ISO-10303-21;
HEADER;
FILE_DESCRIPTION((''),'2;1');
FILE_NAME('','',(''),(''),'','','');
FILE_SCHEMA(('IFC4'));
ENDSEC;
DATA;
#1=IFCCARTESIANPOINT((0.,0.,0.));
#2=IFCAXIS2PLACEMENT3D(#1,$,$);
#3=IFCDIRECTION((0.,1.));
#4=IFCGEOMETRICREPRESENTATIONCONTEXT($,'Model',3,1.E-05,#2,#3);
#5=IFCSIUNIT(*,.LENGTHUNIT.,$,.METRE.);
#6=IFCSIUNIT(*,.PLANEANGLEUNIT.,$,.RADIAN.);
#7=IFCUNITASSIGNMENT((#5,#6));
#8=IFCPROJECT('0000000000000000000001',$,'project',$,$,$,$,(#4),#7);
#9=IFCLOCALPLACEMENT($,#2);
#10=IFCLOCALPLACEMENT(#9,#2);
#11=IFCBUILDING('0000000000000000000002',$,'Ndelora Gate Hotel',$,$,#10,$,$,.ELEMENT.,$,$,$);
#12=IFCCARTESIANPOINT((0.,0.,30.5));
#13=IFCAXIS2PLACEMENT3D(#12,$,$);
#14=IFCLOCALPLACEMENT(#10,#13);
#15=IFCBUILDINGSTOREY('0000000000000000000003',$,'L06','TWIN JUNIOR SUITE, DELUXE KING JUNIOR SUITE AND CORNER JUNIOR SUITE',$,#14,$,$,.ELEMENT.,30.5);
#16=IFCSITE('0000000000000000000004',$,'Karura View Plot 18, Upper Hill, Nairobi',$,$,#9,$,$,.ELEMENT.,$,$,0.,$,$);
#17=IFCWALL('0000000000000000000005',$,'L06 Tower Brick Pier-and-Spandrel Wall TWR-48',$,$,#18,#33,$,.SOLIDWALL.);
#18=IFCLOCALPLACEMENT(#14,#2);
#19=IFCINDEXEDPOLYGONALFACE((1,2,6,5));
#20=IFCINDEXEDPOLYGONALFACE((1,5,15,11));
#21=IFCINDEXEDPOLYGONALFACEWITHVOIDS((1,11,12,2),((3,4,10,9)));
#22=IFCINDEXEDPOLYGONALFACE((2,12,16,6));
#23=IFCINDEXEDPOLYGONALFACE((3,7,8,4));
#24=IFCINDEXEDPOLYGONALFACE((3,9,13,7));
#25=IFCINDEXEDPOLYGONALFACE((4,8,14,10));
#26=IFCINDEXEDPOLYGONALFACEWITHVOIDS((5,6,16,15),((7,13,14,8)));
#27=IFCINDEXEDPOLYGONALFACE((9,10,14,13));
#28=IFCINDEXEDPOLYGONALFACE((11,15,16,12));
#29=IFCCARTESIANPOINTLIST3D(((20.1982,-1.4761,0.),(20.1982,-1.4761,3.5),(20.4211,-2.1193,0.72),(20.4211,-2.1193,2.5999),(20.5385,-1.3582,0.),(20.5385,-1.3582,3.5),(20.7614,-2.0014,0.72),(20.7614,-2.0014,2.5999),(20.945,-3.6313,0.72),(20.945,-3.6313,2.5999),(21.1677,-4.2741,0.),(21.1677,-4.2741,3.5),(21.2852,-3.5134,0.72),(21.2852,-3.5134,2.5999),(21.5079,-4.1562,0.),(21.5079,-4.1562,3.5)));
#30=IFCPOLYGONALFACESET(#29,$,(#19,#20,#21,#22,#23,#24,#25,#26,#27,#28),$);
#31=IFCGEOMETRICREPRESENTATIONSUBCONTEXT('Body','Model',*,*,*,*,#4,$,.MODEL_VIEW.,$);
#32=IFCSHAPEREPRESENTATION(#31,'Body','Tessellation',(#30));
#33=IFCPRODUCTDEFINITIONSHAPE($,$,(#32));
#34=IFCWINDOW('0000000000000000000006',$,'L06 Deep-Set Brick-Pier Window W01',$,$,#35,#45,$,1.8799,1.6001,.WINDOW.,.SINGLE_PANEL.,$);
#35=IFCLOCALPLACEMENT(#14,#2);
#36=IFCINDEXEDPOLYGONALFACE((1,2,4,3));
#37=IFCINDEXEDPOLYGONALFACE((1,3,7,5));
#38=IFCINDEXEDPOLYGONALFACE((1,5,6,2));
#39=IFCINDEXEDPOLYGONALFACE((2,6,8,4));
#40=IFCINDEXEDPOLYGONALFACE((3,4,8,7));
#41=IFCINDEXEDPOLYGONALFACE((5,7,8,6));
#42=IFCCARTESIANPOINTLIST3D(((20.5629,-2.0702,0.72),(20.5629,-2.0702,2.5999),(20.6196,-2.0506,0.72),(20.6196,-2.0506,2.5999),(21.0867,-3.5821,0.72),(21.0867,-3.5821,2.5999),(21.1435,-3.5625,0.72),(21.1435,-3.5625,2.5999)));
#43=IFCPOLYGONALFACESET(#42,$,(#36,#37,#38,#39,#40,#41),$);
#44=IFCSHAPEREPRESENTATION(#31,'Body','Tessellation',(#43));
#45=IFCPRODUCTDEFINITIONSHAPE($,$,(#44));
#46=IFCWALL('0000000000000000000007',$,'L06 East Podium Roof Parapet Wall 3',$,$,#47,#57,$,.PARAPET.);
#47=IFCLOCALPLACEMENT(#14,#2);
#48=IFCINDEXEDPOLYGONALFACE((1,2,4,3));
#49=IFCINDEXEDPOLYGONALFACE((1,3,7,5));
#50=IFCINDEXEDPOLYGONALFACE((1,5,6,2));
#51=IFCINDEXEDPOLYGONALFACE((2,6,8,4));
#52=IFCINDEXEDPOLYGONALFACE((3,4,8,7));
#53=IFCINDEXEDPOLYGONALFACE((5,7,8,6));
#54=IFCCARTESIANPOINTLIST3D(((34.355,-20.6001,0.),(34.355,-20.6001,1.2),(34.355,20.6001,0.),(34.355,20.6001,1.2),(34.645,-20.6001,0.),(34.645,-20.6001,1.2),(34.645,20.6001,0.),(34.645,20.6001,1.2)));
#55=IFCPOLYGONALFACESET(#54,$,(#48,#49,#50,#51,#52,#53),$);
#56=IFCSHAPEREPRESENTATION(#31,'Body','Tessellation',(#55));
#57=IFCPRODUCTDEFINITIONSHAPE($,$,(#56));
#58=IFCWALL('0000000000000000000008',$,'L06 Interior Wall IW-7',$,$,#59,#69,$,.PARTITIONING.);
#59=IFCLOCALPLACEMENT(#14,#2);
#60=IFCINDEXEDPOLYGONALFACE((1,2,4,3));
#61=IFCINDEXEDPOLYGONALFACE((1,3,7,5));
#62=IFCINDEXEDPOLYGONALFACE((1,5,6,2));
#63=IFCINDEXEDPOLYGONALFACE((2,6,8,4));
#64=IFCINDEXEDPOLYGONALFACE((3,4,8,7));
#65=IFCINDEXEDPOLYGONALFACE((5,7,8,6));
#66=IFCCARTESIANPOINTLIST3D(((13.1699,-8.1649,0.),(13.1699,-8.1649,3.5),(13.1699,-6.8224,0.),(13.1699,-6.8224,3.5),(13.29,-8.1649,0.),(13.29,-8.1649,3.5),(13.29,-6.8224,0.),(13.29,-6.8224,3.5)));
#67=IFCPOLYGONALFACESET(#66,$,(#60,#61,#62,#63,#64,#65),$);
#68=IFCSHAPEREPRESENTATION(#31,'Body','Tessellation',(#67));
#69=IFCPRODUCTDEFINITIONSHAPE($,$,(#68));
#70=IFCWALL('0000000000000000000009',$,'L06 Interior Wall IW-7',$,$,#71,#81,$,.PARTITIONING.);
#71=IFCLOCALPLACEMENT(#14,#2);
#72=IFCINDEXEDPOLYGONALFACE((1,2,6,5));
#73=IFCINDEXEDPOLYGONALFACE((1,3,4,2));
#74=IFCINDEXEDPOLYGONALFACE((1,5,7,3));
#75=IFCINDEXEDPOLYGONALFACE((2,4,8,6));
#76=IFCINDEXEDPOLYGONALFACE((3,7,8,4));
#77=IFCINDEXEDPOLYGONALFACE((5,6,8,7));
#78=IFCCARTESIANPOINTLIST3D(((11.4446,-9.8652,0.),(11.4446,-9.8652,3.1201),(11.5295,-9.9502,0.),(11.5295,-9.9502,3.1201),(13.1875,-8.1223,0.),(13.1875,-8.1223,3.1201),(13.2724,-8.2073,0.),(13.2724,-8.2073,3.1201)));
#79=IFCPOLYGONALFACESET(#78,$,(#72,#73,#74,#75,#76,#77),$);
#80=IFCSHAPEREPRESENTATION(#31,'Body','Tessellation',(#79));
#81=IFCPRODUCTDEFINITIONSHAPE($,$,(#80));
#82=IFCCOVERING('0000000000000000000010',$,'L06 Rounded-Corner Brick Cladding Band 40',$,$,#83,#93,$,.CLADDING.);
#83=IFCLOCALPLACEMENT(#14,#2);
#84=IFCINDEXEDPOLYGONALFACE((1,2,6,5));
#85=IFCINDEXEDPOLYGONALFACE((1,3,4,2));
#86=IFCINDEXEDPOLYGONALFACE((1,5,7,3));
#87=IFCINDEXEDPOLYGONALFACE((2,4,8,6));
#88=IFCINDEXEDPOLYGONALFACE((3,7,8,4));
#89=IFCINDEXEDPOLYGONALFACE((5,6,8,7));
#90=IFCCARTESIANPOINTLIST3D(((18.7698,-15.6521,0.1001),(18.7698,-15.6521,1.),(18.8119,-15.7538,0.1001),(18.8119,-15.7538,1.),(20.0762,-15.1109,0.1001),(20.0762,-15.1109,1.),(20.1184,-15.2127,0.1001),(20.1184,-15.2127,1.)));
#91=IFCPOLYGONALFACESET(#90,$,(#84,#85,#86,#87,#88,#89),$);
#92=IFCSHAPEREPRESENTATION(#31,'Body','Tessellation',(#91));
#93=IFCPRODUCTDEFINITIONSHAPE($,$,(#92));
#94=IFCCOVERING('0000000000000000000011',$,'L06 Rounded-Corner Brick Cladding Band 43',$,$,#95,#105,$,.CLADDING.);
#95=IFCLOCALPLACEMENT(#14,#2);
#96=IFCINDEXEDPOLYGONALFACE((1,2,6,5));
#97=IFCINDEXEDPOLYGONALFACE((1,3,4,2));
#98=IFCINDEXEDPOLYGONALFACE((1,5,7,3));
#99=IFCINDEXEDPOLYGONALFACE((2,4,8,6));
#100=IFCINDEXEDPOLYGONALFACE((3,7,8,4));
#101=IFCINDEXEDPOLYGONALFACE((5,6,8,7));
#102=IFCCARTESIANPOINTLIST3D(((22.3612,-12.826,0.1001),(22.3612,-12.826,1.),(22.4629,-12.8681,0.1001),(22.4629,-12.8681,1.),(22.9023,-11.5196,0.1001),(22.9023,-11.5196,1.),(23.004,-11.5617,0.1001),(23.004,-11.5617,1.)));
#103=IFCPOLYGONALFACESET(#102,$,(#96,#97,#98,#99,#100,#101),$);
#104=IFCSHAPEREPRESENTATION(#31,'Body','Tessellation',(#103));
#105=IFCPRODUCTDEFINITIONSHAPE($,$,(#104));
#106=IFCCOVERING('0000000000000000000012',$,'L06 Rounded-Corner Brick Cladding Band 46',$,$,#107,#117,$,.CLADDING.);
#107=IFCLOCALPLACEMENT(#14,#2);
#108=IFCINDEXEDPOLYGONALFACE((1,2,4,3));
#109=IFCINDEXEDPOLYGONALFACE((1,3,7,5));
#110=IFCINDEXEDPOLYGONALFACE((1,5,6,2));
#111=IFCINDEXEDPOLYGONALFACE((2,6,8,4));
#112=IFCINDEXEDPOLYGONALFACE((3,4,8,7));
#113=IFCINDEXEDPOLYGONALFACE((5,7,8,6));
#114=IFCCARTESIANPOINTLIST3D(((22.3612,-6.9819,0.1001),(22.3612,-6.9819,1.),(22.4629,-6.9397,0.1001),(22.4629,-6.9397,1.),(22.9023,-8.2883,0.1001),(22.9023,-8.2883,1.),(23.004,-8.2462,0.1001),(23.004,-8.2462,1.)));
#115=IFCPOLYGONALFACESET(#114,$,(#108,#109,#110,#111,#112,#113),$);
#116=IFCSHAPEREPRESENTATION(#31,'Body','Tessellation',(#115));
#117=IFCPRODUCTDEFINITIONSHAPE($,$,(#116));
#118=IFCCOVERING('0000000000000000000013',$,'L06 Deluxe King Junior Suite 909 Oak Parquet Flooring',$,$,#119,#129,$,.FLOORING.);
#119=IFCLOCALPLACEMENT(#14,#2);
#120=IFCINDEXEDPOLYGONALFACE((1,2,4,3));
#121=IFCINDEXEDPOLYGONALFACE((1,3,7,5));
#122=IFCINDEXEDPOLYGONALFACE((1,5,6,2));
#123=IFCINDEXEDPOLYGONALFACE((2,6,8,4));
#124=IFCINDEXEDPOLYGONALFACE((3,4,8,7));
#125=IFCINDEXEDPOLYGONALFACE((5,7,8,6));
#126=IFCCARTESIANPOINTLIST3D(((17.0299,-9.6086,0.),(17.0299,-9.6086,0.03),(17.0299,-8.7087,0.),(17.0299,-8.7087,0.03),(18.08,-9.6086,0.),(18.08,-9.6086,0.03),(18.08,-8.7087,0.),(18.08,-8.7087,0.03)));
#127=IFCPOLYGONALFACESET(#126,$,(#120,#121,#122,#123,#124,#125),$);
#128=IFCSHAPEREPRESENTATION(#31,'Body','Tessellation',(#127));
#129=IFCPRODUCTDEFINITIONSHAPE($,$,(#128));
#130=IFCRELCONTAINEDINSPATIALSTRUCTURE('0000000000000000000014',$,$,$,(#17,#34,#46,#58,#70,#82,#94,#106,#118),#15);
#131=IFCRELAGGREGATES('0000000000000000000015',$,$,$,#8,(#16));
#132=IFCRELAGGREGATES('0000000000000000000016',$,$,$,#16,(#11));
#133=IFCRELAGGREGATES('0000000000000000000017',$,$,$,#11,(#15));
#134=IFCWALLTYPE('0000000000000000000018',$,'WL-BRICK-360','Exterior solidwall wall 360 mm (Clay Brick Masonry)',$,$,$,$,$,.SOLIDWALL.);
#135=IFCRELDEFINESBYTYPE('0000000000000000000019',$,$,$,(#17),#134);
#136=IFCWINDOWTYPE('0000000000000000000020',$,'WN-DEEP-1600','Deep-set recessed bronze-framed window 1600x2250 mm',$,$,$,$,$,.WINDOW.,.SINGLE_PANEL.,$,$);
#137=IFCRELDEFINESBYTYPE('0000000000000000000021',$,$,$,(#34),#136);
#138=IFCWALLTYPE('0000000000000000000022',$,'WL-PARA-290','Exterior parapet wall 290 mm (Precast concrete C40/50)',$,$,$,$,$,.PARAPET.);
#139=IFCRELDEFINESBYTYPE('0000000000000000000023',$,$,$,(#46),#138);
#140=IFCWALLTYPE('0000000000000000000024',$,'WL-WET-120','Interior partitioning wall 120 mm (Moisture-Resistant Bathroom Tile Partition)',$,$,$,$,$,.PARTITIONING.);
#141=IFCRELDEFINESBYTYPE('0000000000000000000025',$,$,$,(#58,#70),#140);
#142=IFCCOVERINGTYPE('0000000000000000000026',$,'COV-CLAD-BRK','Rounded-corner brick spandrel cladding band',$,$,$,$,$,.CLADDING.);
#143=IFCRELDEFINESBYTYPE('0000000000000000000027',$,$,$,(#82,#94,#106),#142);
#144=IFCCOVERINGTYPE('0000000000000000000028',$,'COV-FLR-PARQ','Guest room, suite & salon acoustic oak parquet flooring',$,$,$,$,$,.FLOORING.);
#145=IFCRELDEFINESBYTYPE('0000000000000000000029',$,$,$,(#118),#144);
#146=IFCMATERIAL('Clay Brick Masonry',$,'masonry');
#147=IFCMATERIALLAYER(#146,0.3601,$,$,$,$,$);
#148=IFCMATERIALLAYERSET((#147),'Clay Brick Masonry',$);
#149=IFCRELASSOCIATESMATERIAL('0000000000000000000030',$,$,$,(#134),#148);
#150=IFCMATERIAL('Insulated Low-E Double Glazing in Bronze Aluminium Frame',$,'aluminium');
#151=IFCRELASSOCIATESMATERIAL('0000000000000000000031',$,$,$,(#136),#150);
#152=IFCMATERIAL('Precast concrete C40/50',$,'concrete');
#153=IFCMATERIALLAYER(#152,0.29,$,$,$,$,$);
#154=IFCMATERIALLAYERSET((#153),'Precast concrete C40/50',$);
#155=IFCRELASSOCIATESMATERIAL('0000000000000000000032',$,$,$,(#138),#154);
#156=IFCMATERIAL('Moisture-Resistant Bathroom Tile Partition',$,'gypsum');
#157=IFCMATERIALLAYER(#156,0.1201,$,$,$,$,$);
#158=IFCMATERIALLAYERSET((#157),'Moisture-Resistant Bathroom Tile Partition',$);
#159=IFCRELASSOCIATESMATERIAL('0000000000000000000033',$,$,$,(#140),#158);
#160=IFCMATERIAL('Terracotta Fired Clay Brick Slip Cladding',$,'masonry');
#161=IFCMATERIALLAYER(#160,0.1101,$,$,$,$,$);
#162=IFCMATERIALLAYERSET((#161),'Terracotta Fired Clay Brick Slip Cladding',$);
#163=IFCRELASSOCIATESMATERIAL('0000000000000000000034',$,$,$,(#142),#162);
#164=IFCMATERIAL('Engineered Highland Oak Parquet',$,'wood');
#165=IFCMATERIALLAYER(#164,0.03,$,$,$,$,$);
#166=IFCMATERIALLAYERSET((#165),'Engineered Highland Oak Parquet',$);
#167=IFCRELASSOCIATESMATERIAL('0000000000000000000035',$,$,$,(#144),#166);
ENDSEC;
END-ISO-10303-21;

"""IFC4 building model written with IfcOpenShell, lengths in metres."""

from ifc_helpers import new_model, si_unit, direction, frame, frame_2d, origin, origin_2d, place, context, subcontext, project, spatial, rectangle, extrude, material, layer, layer_set, type_object, element, fill, save


model = new_model("IFC4")

# Units and contexts
model_context = context("Model", 3, precision=1e-05, world=origin(), true_north=direction((0.0, 1.0)))
body_context = subcontext(model_context, "Body", "Model", "MODEL_VIEW")
ifc_project = project(units=[si_unit("LENGTHUNIT", "METRE"), si_unit("PLANEANGLEUNIT", "RADIAN")], contexts=[model_context])

# Site, building, storey
site_placement = place(None, origin())
site = spatial("IfcSite", under=ifc_project, at=site_placement, Name="Karura View Plot 18, Upper Hill, Nairobi", CompositionType="ELEMENT", RefElevation=0.0)
building_placement = place(site_placement, origin())
building = spatial("IfcBuilding", under=site, at=building_placement, Name="Ndelora Gate Hotel", CompositionType="ELEMENT")
storey_placement = place(building_placement, frame((0.0, 0.0, 30.5)))
storey = spatial("IfcBuildingStorey", under=building, at=storey_placement, Name="L06", Description="TWIN JUNIOR SUITE, DELUXE KING JUNIOR SUITE AND CORNER JUNIOR SUITE", CompositionType="ELEMENT", Elevation=30.5)

# Shared definitions
ifc_material_1 = material(Name="Clay Brick Masonry", Category="masonry")
ifc_layer_1 = layer(ifc_material_1, 0.3601)
ifc_layer_set_1 = layer_set([ifc_layer_1], Name="Clay Brick Masonry")
wall_type_1 = type_object("IfcWallType", Name="WL-BRICK-360", Description="Exterior solidwall wall 360 mm (Clay Brick Masonry)", PredefinedType="SOLIDWALL", material=ifc_layer_set_1)
ifc_material_2 = material(Name="Insulated Low-E Double Glazing in Bronze Aluminium Frame", Category="aluminium")
window_type_1 = type_object("IfcWindowType", Name="WN-DEEP-1600", Description="Deep-set recessed bronze-framed window 1600x2250 mm", PartitioningType="SINGLE_PANEL", PredefinedType="WINDOW", material=ifc_material_2)

# Wall, opening, window
wall_1_placement = place(storey_placement, frame((20.3684, -1.4172, 0.0), z_axis=(0.0, 0.0, 1.0), x_axis=(0.327385, -0.944891, 0.0)))
wall_1 = element("IfcWall", 1, at=wall_1_placement, inside=storey, type_object=wall_type_1, Name="L06 Tower Brick Pier-and-Spandrel Wall TWR-48", PredefinedType="SOLIDWALL", context=body_context, shape_type="SweptSolid", body=[
    extrude(rectangle(XDim=2.9612, YDim=0.3601, at=frame_2d((1.4805, 0.0))), origin(), (0.0, 0.0, 1.0), 3.5),
])
opening_1_placement = place(wall_1_placement, frame((0.6807, 0.0, 0.72)))
opening_1 = element("IfcOpeningElement", 2, at=opening_1_placement, cuts=wall_1, PredefinedType="OPENING", context=body_context, shape_type="SweptSolid", body=[
    extrude(rectangle(XDim=1.6001, YDim=1.8799, at=frame_2d((0.8, 0.9399))), frame((0.0, 0.1899, 0.0), z_axis=(0.0, -1.0, 0.0), x_axis=(1.0, 0.0, 0.0)), (0.0, 0.0, 1.0), 0.3801),
])
window_1_placement = place(opening_1_placement, origin())
window_1 = element("IfcWindow", 3, at=window_1_placement, inside=storey, type_object=window_type_1, Name="L06 Deep-Set Brick-Pier Window W01", OverallHeight=1.8799, OverallWidth=1.6001, PartitioningType="SINGLE_PANEL", PredefinedType="WINDOW", context=body_context, shape_type="SweptSolid", body=[
    extrude(rectangle(XDim=1.6001, YDim=1.8799, at=frame_2d((0.8, 0.9399))), frame((0.0, 0.03, 0.0), z_axis=(0.0, -1.0, 0.0), x_axis=(1.0, 0.0, 0.0)), (0.0, 0.0, 1.0), 0.0601),
])
fill(opening_1, window_1)

# Walls
ifc_material_3 = material(Name="Precast concrete C40/50", Category="concrete")
ifc_layer_2 = layer(ifc_material_3, 0.29)
ifc_layer_set_2 = layer_set([ifc_layer_2], Name="Precast concrete C40/50")
wall_type_2 = type_object("IfcWallType", Name="WL-PARA-290", Description="Exterior parapet wall 290 mm (Precast concrete C40/50)", PredefinedType="PARAPET", material=ifc_layer_set_2)
wall_2_placement = place(storey_placement, frame((34.5, -20.6001, 0.0), z_axis=(0.0, 0.0, 1.0), x_axis=(0.0, 1.0, 0.0)))
element("IfcWall", 4, at=wall_2_placement, inside=storey, type_object=wall_type_2, Name="L06 East Podium Roof Parapet Wall 3", PredefinedType="PARAPET", context=body_context, shape_type="SweptSolid", body=[
    extrude(rectangle(XDim=41.2002, YDim=0.29, at=frame_2d((20.6001, 0.0))), origin(), (0.0, 0.0, 1.0), 1.2),
])
ifc_material_4 = material(Name="Moisture-Resistant Bathroom Tile Partition", Category="gypsum")
ifc_layer_3 = layer(ifc_material_4, 0.1201)
ifc_layer_set_3 = layer_set([ifc_layer_3], Name="Moisture-Resistant Bathroom Tile Partition")
wall_type_3 = type_object("IfcWallType", Name="WL-WET-120", Description="Interior partitioning wall 120 mm (Moisture-Resistant Bathroom Tile Partition)", PredefinedType="PARTITIONING", material=ifc_layer_set_3)
wall_3_placement = place(storey_placement, frame((13.23, -6.8223, 0.0), z_axis=(0.0, 0.0, 1.0), x_axis=(0.0, -1.0, 0.0)))
element("IfcWall", 5, at=wall_3_placement, inside=storey, type_object=wall_type_3, Name="L06 Interior Wall IW-7", PredefinedType="PARTITIONING", context=body_context, shape_type="SweptSolid", body=[
    extrude(rectangle(XDim=1.3425, YDim=0.1201, at=frame_2d((0.6714, 0.0))), origin(), (0.0, 0.0, 1.0), 3.5),
])
wall_4_placement = place(storey_placement, frame((13.23, -8.1648, 0.0), z_axis=(0.0, 0.0, 1.0), x_axis=(-0.707107, -0.707107, 0.0)))
element("IfcWall", 6, at=wall_4_placement, inside=storey, type_object=wall_type_3, Name="L06 Interior Wall IW-7", PredefinedType="PARTITIONING", context=body_context, shape_type="SweptSolid", body=[
    extrude(rectangle(XDim=2.4648, YDim=0.1201, at=frame_2d((1.2324, 0.0))), origin(), (0.0, 0.0, 1.0), 3.1201),
])

# Coverings
ifc_material_5 = material(Name="Terracotta Fired Clay Brick Slip Cladding", Category="masonry")
ifc_layer_4 = layer(ifc_material_5, 0.1101)
ifc_layer_set_4 = layer_set([ifc_layer_4], Name="Terracotta Fired Clay Brick Slip Cladding")
covering_type_1 = type_object("IfcCoveringType", Name="COV-CLAD-BRK", Description="Rounded-corner brick spandrel cladding band", PredefinedType="CLADDING", material=ifc_layer_set_4)
for number, where, z_axis, x_axis, name in (
    (7, (19.4441, -15.4324, 0.1001), (0.0, 0.0, 1.0), (0.92388, 0.382683, 0.0), "L06 Rounded-Corner Brick Cladding Band 40"),
    (8, (22.6826, -12.1938, 0.1001), (0.0, 0.0, 1.0), (0.382683, 0.92388, 0.0), "L06 Rounded-Corner Brick Cladding Band 43"),
    (9, (22.6826, -7.614, 0.1001), (0.0, 0.0, 1.0), (-0.382683, 0.92388, 0.0), "L06 Rounded-Corner Brick Cladding Band 46"),
):
    element("IfcCovering", number, at=place(storey_placement, frame(where, z_axis=z_axis, x_axis=x_axis)), inside=storey, type_object=covering_type_1, Name=name, PredefinedType="CLADDING", context=body_context, shape_type="SweptSolid", body=[
        extrude(rectangle(XDim=1.4141, YDim=0.1101, at=origin_2d()), origin(), (0.0, 0.0, 1.0), 0.8999),
    ])
ifc_material_6 = material(Name="Engineered Highland Oak Parquet", Category="wood")
ifc_layer_5 = layer(ifc_material_6, 0.03)
ifc_layer_set_5 = layer_set([ifc_layer_5], Name="Engineered Highland Oak Parquet")
covering_type_2 = type_object("IfcCoveringType", Name="COV-FLR-PARQ", Description="Guest room, suite & salon acoustic oak parquet flooring", PredefinedType="FLOORING", material=ifc_layer_set_5)
covering_placement = place(storey_placement, frame((17.5549, -9.1587, 0.0), z_axis=(0.0, 0.0, 1.0), x_axis=(1.0, 0.0, 0.0)))
element("IfcCovering", 10, at=covering_placement, inside=storey, type_object=covering_type_2, Name="L06 Deluxe King Junior Suite 909 Oak Parquet Flooring", PredefinedType="FLOORING", context=body_context, shape_type="SweptSolid", body=[
    extrude(rectangle(XDim=1.05, YDim=0.8999, at=origin_2d()), origin(), (0.0, 0.0, 1.0), 0.03),
])

save(model, "model.ifc")
